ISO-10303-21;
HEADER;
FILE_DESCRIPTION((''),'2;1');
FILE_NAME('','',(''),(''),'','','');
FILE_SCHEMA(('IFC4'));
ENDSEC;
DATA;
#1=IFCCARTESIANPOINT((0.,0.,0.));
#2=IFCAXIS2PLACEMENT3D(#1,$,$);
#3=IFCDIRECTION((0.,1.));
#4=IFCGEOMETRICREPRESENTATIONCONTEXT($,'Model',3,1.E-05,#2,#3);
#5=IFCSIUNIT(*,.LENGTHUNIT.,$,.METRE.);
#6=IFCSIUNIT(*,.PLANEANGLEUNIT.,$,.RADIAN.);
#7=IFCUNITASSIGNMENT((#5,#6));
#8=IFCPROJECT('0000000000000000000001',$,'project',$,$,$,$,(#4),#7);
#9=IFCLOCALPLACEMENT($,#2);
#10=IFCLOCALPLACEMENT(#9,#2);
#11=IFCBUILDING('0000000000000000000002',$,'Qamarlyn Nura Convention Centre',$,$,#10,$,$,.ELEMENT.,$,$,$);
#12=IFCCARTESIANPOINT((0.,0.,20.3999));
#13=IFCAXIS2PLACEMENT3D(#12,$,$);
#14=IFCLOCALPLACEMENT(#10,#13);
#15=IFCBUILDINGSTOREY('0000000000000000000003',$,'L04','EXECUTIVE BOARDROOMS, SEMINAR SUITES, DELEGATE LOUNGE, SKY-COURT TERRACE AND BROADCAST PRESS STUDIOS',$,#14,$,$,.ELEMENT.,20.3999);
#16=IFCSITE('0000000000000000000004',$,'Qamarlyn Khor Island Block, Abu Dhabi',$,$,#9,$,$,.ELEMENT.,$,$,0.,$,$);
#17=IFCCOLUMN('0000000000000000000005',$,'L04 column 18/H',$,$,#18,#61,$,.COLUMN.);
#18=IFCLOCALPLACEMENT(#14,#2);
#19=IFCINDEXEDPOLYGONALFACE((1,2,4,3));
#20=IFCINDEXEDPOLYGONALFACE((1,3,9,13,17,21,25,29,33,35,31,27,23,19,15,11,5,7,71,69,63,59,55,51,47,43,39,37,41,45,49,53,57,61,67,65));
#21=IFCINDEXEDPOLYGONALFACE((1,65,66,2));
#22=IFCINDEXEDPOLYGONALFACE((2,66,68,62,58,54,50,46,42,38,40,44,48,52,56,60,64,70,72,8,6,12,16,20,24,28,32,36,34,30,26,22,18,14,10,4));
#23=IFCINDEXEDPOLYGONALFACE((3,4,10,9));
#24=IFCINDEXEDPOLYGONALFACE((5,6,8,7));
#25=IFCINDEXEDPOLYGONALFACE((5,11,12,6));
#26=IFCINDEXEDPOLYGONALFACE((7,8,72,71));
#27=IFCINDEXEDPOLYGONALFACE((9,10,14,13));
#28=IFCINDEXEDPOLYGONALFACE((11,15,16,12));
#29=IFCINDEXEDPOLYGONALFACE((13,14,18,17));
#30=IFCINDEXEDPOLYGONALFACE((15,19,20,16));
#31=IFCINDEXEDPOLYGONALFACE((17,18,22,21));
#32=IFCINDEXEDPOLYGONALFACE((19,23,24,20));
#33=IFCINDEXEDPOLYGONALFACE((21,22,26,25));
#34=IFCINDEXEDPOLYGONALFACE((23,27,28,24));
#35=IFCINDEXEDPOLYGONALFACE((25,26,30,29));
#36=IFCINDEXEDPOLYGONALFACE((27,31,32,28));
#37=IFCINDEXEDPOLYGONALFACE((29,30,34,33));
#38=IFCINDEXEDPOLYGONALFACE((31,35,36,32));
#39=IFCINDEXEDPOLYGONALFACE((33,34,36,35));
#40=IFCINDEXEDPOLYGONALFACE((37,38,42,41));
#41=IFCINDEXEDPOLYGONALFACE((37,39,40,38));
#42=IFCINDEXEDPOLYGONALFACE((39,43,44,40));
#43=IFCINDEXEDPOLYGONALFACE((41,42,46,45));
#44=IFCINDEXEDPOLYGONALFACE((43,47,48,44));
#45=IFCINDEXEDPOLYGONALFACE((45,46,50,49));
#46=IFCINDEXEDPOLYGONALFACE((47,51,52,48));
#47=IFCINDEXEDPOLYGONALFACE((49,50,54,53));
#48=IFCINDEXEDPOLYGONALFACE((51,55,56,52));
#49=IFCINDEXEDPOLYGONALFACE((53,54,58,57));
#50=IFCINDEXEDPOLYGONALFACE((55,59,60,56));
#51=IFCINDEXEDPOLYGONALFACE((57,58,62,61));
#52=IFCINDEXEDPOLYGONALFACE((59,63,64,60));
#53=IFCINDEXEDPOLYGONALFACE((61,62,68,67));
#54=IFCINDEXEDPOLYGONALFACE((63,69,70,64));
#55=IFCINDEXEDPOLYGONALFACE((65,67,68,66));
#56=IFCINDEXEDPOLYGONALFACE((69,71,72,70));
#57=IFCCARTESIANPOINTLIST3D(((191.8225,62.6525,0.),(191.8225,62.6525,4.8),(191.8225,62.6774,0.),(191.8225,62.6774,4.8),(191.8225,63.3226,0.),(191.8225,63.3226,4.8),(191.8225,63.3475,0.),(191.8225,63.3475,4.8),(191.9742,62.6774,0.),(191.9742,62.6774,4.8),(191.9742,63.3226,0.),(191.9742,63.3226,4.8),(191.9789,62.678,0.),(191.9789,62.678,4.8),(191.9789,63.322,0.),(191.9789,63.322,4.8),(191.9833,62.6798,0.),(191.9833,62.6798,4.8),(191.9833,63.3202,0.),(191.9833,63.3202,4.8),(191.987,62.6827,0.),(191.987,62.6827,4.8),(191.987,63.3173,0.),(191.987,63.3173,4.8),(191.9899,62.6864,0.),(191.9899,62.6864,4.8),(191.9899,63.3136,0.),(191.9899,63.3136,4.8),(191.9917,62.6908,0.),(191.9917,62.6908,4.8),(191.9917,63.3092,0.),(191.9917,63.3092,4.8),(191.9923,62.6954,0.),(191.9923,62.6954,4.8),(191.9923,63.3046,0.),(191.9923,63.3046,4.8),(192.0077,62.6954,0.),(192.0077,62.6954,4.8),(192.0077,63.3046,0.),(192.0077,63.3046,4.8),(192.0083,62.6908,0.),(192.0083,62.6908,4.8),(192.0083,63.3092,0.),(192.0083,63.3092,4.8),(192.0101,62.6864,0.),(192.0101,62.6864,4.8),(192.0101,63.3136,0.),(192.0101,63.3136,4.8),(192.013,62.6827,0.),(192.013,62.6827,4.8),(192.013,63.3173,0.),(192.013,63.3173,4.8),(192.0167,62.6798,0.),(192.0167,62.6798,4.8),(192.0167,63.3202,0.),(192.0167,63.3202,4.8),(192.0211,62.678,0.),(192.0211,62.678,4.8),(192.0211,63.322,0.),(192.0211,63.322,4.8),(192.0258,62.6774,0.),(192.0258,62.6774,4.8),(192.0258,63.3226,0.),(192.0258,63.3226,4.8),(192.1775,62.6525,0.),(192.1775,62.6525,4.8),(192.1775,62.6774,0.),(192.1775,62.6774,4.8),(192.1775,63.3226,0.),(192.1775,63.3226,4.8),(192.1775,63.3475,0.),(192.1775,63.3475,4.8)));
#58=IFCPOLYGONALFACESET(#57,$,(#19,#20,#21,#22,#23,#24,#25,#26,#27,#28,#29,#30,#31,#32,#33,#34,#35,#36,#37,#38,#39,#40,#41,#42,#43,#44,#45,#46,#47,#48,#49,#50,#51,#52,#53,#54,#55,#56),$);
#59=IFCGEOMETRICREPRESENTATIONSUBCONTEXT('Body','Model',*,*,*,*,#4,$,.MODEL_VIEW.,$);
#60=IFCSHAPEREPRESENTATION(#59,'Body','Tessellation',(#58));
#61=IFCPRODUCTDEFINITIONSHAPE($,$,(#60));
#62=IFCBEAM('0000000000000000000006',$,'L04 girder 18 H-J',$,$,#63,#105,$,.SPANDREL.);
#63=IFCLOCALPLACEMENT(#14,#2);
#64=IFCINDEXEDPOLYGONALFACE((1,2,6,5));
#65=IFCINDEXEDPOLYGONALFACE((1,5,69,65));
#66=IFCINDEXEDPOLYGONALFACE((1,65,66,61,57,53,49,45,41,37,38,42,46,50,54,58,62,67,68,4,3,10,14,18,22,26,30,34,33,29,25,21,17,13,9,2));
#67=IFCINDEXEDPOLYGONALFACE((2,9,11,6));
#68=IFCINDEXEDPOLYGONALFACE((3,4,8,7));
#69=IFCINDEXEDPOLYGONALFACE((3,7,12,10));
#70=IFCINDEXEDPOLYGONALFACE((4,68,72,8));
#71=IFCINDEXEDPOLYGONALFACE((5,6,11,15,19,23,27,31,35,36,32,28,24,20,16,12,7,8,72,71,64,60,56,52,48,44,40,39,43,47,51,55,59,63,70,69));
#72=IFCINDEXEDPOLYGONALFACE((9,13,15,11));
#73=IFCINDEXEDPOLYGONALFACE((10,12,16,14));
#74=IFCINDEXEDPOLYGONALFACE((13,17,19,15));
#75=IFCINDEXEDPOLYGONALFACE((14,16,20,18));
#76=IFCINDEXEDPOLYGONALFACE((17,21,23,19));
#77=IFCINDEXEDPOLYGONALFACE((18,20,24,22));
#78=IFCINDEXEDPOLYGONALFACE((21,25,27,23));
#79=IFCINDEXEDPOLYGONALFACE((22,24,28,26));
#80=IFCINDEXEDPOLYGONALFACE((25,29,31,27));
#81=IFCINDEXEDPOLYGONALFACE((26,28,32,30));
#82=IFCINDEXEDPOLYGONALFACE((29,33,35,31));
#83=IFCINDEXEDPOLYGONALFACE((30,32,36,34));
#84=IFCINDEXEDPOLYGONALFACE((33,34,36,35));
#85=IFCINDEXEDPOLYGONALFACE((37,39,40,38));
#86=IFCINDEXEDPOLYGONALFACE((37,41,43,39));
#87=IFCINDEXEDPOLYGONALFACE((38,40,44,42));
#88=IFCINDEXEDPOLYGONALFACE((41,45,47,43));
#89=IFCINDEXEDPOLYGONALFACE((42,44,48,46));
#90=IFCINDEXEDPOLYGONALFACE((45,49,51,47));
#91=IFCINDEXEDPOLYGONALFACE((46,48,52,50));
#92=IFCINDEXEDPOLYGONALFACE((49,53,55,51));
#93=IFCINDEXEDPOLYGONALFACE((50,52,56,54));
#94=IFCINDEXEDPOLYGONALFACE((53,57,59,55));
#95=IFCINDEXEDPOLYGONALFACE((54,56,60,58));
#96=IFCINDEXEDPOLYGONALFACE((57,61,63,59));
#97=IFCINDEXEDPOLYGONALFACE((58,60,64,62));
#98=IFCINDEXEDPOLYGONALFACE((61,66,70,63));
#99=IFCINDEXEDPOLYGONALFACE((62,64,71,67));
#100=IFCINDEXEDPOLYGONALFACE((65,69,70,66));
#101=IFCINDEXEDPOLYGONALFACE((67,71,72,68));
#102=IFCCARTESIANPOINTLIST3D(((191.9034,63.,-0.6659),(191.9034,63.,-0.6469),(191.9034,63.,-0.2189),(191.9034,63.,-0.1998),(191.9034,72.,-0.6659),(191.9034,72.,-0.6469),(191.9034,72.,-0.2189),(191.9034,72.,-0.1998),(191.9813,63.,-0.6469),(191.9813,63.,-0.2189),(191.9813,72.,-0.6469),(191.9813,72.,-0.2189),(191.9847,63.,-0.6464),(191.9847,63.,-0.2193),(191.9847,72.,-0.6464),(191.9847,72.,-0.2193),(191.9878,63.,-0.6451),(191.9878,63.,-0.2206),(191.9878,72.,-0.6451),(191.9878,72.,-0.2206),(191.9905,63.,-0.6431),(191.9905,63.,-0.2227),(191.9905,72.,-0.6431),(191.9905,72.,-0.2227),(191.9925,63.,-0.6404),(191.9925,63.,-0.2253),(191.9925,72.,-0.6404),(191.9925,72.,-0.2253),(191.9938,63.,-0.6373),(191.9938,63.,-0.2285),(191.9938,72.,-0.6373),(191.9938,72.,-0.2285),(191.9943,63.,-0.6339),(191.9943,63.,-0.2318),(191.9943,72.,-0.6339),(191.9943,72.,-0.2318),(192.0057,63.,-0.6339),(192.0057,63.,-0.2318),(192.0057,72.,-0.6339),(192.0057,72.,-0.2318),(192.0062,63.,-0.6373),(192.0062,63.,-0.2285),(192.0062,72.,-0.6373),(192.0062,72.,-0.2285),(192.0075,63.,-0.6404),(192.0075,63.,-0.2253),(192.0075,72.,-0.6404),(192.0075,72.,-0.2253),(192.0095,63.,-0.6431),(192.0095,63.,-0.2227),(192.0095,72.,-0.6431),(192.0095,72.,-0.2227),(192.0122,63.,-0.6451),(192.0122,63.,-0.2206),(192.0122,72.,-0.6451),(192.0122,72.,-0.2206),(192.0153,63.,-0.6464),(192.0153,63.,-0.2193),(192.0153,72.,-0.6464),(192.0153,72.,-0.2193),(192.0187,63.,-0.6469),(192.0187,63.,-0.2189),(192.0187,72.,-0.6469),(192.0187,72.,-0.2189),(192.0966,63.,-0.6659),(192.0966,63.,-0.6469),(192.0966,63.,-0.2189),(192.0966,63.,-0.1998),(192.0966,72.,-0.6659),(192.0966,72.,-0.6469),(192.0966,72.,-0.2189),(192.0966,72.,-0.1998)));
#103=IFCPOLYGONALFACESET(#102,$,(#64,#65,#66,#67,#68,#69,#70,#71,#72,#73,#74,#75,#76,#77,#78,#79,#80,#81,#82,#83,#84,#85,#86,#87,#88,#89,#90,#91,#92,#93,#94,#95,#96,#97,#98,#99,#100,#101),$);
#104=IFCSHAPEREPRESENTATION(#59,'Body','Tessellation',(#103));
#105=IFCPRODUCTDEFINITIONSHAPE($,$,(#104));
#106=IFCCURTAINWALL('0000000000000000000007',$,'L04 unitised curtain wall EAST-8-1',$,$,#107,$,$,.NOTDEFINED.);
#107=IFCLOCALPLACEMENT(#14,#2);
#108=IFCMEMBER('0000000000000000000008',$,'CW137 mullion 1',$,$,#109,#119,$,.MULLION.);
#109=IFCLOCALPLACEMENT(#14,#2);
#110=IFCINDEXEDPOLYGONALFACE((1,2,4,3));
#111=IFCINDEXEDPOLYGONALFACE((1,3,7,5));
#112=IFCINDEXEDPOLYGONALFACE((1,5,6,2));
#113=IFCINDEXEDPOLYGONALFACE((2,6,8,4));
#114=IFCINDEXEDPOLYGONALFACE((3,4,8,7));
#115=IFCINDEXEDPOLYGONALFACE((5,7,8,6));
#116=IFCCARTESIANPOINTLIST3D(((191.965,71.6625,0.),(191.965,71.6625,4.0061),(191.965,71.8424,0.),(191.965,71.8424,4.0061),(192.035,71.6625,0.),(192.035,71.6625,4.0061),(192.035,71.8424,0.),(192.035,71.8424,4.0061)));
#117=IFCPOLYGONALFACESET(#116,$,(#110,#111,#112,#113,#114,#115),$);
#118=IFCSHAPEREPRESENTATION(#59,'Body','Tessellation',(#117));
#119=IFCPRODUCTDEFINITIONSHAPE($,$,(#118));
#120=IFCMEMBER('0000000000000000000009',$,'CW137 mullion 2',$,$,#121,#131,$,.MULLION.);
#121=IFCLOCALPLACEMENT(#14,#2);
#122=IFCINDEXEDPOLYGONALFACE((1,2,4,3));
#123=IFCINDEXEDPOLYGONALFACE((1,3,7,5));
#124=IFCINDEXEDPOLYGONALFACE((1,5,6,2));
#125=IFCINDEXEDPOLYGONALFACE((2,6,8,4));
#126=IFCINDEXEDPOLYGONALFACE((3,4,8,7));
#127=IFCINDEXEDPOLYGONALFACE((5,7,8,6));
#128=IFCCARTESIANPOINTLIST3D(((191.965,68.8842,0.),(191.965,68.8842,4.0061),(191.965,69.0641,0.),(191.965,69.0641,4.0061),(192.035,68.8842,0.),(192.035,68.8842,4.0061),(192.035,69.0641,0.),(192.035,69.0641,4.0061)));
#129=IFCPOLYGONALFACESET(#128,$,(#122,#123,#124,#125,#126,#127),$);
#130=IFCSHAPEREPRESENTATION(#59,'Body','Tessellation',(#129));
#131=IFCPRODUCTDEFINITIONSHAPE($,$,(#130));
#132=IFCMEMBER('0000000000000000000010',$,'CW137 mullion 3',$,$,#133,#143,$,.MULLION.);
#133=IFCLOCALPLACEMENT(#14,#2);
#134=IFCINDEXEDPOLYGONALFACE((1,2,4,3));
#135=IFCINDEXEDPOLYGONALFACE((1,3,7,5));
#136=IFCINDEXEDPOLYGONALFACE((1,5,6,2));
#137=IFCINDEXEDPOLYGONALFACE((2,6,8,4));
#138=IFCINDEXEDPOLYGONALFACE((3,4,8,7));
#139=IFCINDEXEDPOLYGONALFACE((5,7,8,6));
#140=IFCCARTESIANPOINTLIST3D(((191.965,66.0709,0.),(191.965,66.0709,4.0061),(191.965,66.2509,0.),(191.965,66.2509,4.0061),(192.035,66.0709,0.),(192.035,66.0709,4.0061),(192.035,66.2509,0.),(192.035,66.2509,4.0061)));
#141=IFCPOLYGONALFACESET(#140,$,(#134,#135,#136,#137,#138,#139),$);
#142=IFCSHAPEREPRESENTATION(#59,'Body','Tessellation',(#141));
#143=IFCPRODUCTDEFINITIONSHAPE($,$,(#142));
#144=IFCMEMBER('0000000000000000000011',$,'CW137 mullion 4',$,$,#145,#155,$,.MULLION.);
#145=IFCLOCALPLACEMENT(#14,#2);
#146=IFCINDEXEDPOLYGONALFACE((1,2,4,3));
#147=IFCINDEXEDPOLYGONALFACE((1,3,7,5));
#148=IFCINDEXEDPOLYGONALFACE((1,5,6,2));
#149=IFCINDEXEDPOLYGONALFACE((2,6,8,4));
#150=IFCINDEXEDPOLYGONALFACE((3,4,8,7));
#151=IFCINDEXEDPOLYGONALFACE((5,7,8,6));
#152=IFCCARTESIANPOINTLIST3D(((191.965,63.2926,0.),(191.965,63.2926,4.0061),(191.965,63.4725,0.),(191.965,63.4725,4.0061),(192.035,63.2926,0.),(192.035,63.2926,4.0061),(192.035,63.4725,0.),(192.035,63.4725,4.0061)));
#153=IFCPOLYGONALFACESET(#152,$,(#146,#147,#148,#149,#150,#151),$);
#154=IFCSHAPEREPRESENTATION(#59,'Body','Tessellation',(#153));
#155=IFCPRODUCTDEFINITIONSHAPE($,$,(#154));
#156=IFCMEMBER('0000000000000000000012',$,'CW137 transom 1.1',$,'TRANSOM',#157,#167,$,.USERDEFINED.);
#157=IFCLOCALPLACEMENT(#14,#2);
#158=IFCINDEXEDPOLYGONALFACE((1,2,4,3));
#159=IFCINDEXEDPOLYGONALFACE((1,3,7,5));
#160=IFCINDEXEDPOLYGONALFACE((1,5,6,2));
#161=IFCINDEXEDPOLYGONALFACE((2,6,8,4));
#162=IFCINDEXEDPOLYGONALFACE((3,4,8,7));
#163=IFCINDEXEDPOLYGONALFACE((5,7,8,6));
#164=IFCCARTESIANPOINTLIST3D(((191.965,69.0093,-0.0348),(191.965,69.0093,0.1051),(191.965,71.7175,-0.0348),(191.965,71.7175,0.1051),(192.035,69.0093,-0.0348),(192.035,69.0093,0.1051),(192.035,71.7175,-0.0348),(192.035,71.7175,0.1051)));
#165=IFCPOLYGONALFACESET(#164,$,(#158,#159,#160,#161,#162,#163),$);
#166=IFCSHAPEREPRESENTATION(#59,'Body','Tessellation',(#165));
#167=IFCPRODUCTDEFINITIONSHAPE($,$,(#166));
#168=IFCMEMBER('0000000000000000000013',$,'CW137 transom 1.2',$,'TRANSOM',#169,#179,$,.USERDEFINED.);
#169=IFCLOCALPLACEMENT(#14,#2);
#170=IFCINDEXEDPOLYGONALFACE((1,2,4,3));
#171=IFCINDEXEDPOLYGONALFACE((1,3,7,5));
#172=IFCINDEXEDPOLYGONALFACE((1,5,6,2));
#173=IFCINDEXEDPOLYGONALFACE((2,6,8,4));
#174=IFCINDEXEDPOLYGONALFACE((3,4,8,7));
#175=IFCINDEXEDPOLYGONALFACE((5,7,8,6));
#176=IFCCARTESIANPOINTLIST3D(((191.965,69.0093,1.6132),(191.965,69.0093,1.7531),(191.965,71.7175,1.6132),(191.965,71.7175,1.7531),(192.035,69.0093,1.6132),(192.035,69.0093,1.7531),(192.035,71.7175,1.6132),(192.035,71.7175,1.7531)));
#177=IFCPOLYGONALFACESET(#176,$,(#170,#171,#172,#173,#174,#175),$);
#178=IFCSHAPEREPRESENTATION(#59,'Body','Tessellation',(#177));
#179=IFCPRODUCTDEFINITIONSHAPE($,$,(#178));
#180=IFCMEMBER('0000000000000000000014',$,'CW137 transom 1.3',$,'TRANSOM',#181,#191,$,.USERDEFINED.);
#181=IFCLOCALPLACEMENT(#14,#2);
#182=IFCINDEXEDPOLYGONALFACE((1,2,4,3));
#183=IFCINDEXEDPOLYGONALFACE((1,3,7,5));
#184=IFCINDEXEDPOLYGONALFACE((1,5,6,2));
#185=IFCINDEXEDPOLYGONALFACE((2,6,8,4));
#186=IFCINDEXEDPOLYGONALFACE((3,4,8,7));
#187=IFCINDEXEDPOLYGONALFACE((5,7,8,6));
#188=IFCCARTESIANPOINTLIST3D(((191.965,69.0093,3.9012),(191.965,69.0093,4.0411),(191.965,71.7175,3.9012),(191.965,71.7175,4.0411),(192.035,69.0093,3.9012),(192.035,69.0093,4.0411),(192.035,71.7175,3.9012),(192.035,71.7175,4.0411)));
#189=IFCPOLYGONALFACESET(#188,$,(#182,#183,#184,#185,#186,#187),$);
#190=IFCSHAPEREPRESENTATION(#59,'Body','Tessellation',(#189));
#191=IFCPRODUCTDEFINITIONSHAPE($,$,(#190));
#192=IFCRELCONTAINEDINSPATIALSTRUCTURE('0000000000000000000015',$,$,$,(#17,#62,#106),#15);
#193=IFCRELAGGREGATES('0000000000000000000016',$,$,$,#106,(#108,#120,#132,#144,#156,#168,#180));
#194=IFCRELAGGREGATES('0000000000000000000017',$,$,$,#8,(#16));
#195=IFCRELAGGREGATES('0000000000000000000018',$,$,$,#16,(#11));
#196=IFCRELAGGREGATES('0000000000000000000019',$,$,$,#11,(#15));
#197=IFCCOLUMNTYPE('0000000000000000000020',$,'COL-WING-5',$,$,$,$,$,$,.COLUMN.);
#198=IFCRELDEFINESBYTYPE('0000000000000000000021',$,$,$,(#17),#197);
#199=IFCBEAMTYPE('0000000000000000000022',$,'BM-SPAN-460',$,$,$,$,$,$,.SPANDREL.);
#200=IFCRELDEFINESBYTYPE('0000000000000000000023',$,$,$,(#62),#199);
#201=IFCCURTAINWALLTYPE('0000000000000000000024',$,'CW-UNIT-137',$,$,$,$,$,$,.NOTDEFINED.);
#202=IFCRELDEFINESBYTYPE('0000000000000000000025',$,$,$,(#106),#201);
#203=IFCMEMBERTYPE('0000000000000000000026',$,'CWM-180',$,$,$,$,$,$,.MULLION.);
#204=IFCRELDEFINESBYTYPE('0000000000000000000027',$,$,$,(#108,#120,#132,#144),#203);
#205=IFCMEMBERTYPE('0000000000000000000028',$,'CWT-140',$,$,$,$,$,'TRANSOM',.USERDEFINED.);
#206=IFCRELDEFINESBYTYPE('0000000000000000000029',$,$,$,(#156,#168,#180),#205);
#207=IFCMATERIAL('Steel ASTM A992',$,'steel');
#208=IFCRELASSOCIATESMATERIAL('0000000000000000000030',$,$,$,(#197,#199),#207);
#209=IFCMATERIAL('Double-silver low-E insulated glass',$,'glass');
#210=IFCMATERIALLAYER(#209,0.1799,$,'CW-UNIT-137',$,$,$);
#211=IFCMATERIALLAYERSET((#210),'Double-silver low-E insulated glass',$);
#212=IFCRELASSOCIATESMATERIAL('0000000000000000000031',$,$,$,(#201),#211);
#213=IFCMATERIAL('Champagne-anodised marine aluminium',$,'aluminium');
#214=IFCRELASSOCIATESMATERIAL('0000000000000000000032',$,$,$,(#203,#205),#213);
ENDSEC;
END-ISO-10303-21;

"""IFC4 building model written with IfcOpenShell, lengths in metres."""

from ifc_helpers import new_model, si_unit, direction, frame, origin, origin_2d, place, context, subcontext, project, spatial, rectangle, i_section, extrude, material, layer, layer_set, material_profile, profile_set, type_object, element, aggregate, save


model = new_model("IFC4")

# Units and contexts
model_context = context("Model", 3, precision=1e-05, world=origin(), true_north=direction((0.0, 1.0)))
body_context = subcontext(model_context, "Body", "Model", "MODEL_VIEW")
ifc_project = project(units=[si_unit("LENGTHUNIT", "METRE"), si_unit("PLANEANGLEUNIT", "RADIAN")], contexts=[model_context])

# Site, building, storey
site_placement = place(None, origin())
site = spatial("IfcSite", under=ifc_project, at=site_placement, Name="Qamarlyn Khor Island Block, Abu Dhabi", CompositionType="ELEMENT", RefElevation=0.0)
building_placement = place(site_placement, origin())
building = spatial("IfcBuilding", under=site, at=building_placement, Name="Qamarlyn Nura Convention Centre", CompositionType="ELEMENT")
storey_placement = place(building_placement, frame((0.0, 0.0, 20.3999)))
storey = spatial("IfcBuildingStorey", under=building, at=storey_placement, Name="L04", Description="EXECUTIVE BOARDROOMS, SEMINAR SUITES, DELEGATE LOUNGE, SKY-COURT TERRACE AND BROADCAST PRESS STUDIOS", CompositionType="ELEMENT", Elevation=20.3999)

# Column
ifc_material_1 = material(Name="Steel ASTM A992", Category="steel")
ifc_material_profile_1 = material_profile(ifc_material_1, i_section(OverallWidth=0.355, OverallDepth=0.6951, WebThickness=0.0154, FlangeThickness=0.0249, FilletRadius=0.0181, at=origin_2d()), Name="W690X217")
ifc_profile_set_1 = profile_set([ifc_material_profile_1], Name="Steel ASTM A992")
column_type = type_object("IfcColumnType", Name="COL-WING-5", PredefinedType="COLUMN", material=ifc_profile_set_1)
column_placement = place(storey_placement, frame((192.0, 63.0, 0.0), z_axis=(0.0, 0.0, 1.0), x_axis=(1.0, 0.0, 0.0)))
element("IfcColumn", 1, at=column_placement, inside=storey, type_object=column_type, Name="L04 column 18/H", PredefinedType="COLUMN", context=body_context, shape_type="SweptSolid", body=[
    extrude(i_section(OverallWidth=0.355, OverallDepth=0.6951, WebThickness=0.0154, FlangeThickness=0.0249, FilletRadius=0.0181, at=origin_2d()), origin(), (0.0, 0.0, 1.0), 4.8),
])

# Beam
ifc_material_profile_2 = material_profile(ifc_material_1, i_section(OverallWidth=0.1931, OverallDepth=0.4661, WebThickness=0.0115, FlangeThickness=0.019, FilletRadius=0.0129, at=origin_2d()), Name="W460X97")
ifc_profile_set_2 = profile_set([ifc_material_profile_2], Name="Steel ASTM A992")
beam_type = type_object("IfcBeamType", Name="BM-SPAN-460", PredefinedType="SPANDREL", material=ifc_profile_set_2)
beam_placement = place(storey_placement, frame((192.0, 63.0, -0.4329), z_axis=(0.0, 1.0, 0.0), x_axis=(-1.0, 0.0, 0.0)))
element("IfcBeam", 2, at=beam_placement, inside=storey, type_object=beam_type, Name="L04 girder 18 H-J", PredefinedType="SPANDREL", context=body_context, shape_type="SweptSolid", body=[
    extrude(i_section(OverallWidth=0.1931, OverallDepth=0.4661, WebThickness=0.0115, FlangeThickness=0.019, FilletRadius=0.0129, at=origin_2d()), origin(), (0.0, 0.0, 1.0), 9.0),
])

# Curtain wall, members
ifc_material_2 = material(Name="Double-silver low-E insulated glass", Category="glass")
ifc_layer_1 = layer(ifc_material_2, 0.1799, Name="CW-UNIT-137")
ifc_layer_set_1 = layer_set([ifc_layer_1], Name="Double-silver low-E insulated glass")
curtain_wall_type = type_object("IfcCurtainWallType", Name="CW-UNIT-137", PredefinedType="NOTDEFINED", material=ifc_layer_set_1)
curtain_wall_placement = place(storey_placement, origin())
curtain_wall = element("IfcCurtainWall", 3, at=curtain_wall_placement, inside=storey, type_object=curtain_wall_type, Name="L04 unitised curtain wall EAST-8-1", PredefinedType="NOTDEFINED")
ifc_material_3 = material(Name="Champagne-anodised marine aluminium", Category="aluminium")
ifc_material_profile_3 = material_profile(ifc_material_3, rectangle(XDim=0.0701, YDim=0.1799, at=origin_2d()), Name="ALU MULLION 70x180")
ifc_profile_set_3 = profile_set([ifc_material_profile_3], Name="Champagne-anodised marine aluminium")
member_type_1 = type_object("IfcMemberType", Name="CWM-180", PredefinedType="MULLION", material=ifc_profile_set_3)
member_1_placement = place(storey_placement, frame((192.0, 71.7524, 0.0), z_axis=(0.0, 0.0, 1.0), x_axis=(1.0, 0.0, 0.0)))
member_1 = element("IfcMember", 4, at=member_1_placement, type_object=member_type_1, Name="CW137 mullion 1", PredefinedType="MULLION", context=body_context, shape_type="SweptSolid", body=[
    extrude(rectangle(XDim=0.0701, YDim=0.1799, at=origin_2d()), origin(), (0.0, 0.0, 1.0), 4.0061),
])
member_2_placement = place(storey_placement, frame((192.0, 68.9741, 0.0), z_axis=(0.0, 0.0, 1.0), x_axis=(1.0, 0.0, 0.0)))
member_2 = element("IfcMember", 5, at=member_2_placement, type_object=member_type_1, Name="CW137 mullion 2", PredefinedType="MULLION", context=body_context, shape_type="SweptSolid", body=[
    extrude(rectangle(XDim=0.0701, YDim=0.1799, at=origin_2d()), origin(), (0.0, 0.0, 1.0), 4.0061),
])
member_3_placement = place(storey_placement, frame((192.0, 66.1609, 0.0), z_axis=(0.0, 0.0, 1.0), x_axis=(1.0, 0.0, 0.0)))
member_3 = element("IfcMember", 6, at=member_3_placement, type_object=member_type_1, Name="CW137 mullion 3", PredefinedType="MULLION", context=body_context, shape_type="SweptSolid", body=[
    extrude(rectangle(XDim=0.0701, YDim=0.1799, at=origin_2d()), origin(), (0.0, 0.0, 1.0), 4.0061),
])
member_4_placement = place(storey_placement, frame((192.0, 63.3826, 0.0), z_axis=(0.0, 0.0, 1.0), x_axis=(1.0, 0.0, 0.0)))
member_4 = element("IfcMember", 7, at=member_4_placement, type_object=member_type_1, Name="CW137 mullion 4", PredefinedType="MULLION", context=body_context, shape_type="SweptSolid", body=[
    extrude(rectangle(XDim=0.0701, YDim=0.1799, at=origin_2d()), origin(), (0.0, 0.0, 1.0), 4.0061),
])
ifc_material_profile_4 = material_profile(ifc_material_3, rectangle(XDim=0.0701, YDim=0.1399, at=origin_2d()), Name="ALU TRANSOM 70x140")
ifc_profile_set_4 = profile_set([ifc_material_profile_4], Name="Champagne-anodised marine aluminium")
member_type_2 = type_object("IfcMemberType", Name="CWT-140", ElementType="TRANSOM", PredefinedType="USERDEFINED", material=ifc_profile_set_4)
member_5_placement = place(storey_placement, frame((192.0, 71.7175, 0.0352), z_axis=(0.0, -1.0, 0.0), x_axis=(1.0, 0.0, 0.0)))
member_5 = element("IfcMember", 8, at=member_5_placement, type_object=member_type_2, Name="CW137 transom 1.1", ObjectType="TRANSOM", PredefinedType="USERDEFINED", context=body_context, shape_type="SweptSolid", body=[
    extrude(rectangle(XDim=0.0701, YDim=0.1399, at=origin_2d()), origin(), (0.0, 0.0, 1.0), 2.7083),
])
member_6_placement = place(storey_placement, frame((192.0, 71.7175, 1.6831), z_axis=(0.0, -1.0, 0.0), x_axis=(1.0, 0.0, 0.0)))
member_6 = element("IfcMember", 9, at=member_6_placement, type_object=member_type_2, Name="CW137 transom 1.2", ObjectType="TRANSOM", PredefinedType="USERDEFINED", context=body_context, shape_type="SweptSolid", body=[
    extrude(rectangle(XDim=0.0701, YDim=0.1399, at=origin_2d()), origin(), (0.0, 0.0, 1.0), 2.7083),
])
member_7_placement = place(storey_placement, frame((192.0, 71.7175, 3.9712), z_axis=(0.0, -1.0, 0.0), x_axis=(1.0, 0.0, 0.0)))
member_7 = element("IfcMember", 10, at=member_7_placement, type_object=member_type_2, Name="CW137 transom 1.3", ObjectType="TRANSOM", PredefinedType="USERDEFINED", context=body_context, shape_type="SweptSolid", body=[
    extrude(rectangle(XDim=0.0701, YDim=0.1399, at=origin_2d()), origin(), (0.0, 0.0, 1.0), 2.7083),
])
aggregate(curtain_wall, [member_1, member_2, member_3, member_4, member_5, member_6, member_7])

save(model, "model.ifc")
